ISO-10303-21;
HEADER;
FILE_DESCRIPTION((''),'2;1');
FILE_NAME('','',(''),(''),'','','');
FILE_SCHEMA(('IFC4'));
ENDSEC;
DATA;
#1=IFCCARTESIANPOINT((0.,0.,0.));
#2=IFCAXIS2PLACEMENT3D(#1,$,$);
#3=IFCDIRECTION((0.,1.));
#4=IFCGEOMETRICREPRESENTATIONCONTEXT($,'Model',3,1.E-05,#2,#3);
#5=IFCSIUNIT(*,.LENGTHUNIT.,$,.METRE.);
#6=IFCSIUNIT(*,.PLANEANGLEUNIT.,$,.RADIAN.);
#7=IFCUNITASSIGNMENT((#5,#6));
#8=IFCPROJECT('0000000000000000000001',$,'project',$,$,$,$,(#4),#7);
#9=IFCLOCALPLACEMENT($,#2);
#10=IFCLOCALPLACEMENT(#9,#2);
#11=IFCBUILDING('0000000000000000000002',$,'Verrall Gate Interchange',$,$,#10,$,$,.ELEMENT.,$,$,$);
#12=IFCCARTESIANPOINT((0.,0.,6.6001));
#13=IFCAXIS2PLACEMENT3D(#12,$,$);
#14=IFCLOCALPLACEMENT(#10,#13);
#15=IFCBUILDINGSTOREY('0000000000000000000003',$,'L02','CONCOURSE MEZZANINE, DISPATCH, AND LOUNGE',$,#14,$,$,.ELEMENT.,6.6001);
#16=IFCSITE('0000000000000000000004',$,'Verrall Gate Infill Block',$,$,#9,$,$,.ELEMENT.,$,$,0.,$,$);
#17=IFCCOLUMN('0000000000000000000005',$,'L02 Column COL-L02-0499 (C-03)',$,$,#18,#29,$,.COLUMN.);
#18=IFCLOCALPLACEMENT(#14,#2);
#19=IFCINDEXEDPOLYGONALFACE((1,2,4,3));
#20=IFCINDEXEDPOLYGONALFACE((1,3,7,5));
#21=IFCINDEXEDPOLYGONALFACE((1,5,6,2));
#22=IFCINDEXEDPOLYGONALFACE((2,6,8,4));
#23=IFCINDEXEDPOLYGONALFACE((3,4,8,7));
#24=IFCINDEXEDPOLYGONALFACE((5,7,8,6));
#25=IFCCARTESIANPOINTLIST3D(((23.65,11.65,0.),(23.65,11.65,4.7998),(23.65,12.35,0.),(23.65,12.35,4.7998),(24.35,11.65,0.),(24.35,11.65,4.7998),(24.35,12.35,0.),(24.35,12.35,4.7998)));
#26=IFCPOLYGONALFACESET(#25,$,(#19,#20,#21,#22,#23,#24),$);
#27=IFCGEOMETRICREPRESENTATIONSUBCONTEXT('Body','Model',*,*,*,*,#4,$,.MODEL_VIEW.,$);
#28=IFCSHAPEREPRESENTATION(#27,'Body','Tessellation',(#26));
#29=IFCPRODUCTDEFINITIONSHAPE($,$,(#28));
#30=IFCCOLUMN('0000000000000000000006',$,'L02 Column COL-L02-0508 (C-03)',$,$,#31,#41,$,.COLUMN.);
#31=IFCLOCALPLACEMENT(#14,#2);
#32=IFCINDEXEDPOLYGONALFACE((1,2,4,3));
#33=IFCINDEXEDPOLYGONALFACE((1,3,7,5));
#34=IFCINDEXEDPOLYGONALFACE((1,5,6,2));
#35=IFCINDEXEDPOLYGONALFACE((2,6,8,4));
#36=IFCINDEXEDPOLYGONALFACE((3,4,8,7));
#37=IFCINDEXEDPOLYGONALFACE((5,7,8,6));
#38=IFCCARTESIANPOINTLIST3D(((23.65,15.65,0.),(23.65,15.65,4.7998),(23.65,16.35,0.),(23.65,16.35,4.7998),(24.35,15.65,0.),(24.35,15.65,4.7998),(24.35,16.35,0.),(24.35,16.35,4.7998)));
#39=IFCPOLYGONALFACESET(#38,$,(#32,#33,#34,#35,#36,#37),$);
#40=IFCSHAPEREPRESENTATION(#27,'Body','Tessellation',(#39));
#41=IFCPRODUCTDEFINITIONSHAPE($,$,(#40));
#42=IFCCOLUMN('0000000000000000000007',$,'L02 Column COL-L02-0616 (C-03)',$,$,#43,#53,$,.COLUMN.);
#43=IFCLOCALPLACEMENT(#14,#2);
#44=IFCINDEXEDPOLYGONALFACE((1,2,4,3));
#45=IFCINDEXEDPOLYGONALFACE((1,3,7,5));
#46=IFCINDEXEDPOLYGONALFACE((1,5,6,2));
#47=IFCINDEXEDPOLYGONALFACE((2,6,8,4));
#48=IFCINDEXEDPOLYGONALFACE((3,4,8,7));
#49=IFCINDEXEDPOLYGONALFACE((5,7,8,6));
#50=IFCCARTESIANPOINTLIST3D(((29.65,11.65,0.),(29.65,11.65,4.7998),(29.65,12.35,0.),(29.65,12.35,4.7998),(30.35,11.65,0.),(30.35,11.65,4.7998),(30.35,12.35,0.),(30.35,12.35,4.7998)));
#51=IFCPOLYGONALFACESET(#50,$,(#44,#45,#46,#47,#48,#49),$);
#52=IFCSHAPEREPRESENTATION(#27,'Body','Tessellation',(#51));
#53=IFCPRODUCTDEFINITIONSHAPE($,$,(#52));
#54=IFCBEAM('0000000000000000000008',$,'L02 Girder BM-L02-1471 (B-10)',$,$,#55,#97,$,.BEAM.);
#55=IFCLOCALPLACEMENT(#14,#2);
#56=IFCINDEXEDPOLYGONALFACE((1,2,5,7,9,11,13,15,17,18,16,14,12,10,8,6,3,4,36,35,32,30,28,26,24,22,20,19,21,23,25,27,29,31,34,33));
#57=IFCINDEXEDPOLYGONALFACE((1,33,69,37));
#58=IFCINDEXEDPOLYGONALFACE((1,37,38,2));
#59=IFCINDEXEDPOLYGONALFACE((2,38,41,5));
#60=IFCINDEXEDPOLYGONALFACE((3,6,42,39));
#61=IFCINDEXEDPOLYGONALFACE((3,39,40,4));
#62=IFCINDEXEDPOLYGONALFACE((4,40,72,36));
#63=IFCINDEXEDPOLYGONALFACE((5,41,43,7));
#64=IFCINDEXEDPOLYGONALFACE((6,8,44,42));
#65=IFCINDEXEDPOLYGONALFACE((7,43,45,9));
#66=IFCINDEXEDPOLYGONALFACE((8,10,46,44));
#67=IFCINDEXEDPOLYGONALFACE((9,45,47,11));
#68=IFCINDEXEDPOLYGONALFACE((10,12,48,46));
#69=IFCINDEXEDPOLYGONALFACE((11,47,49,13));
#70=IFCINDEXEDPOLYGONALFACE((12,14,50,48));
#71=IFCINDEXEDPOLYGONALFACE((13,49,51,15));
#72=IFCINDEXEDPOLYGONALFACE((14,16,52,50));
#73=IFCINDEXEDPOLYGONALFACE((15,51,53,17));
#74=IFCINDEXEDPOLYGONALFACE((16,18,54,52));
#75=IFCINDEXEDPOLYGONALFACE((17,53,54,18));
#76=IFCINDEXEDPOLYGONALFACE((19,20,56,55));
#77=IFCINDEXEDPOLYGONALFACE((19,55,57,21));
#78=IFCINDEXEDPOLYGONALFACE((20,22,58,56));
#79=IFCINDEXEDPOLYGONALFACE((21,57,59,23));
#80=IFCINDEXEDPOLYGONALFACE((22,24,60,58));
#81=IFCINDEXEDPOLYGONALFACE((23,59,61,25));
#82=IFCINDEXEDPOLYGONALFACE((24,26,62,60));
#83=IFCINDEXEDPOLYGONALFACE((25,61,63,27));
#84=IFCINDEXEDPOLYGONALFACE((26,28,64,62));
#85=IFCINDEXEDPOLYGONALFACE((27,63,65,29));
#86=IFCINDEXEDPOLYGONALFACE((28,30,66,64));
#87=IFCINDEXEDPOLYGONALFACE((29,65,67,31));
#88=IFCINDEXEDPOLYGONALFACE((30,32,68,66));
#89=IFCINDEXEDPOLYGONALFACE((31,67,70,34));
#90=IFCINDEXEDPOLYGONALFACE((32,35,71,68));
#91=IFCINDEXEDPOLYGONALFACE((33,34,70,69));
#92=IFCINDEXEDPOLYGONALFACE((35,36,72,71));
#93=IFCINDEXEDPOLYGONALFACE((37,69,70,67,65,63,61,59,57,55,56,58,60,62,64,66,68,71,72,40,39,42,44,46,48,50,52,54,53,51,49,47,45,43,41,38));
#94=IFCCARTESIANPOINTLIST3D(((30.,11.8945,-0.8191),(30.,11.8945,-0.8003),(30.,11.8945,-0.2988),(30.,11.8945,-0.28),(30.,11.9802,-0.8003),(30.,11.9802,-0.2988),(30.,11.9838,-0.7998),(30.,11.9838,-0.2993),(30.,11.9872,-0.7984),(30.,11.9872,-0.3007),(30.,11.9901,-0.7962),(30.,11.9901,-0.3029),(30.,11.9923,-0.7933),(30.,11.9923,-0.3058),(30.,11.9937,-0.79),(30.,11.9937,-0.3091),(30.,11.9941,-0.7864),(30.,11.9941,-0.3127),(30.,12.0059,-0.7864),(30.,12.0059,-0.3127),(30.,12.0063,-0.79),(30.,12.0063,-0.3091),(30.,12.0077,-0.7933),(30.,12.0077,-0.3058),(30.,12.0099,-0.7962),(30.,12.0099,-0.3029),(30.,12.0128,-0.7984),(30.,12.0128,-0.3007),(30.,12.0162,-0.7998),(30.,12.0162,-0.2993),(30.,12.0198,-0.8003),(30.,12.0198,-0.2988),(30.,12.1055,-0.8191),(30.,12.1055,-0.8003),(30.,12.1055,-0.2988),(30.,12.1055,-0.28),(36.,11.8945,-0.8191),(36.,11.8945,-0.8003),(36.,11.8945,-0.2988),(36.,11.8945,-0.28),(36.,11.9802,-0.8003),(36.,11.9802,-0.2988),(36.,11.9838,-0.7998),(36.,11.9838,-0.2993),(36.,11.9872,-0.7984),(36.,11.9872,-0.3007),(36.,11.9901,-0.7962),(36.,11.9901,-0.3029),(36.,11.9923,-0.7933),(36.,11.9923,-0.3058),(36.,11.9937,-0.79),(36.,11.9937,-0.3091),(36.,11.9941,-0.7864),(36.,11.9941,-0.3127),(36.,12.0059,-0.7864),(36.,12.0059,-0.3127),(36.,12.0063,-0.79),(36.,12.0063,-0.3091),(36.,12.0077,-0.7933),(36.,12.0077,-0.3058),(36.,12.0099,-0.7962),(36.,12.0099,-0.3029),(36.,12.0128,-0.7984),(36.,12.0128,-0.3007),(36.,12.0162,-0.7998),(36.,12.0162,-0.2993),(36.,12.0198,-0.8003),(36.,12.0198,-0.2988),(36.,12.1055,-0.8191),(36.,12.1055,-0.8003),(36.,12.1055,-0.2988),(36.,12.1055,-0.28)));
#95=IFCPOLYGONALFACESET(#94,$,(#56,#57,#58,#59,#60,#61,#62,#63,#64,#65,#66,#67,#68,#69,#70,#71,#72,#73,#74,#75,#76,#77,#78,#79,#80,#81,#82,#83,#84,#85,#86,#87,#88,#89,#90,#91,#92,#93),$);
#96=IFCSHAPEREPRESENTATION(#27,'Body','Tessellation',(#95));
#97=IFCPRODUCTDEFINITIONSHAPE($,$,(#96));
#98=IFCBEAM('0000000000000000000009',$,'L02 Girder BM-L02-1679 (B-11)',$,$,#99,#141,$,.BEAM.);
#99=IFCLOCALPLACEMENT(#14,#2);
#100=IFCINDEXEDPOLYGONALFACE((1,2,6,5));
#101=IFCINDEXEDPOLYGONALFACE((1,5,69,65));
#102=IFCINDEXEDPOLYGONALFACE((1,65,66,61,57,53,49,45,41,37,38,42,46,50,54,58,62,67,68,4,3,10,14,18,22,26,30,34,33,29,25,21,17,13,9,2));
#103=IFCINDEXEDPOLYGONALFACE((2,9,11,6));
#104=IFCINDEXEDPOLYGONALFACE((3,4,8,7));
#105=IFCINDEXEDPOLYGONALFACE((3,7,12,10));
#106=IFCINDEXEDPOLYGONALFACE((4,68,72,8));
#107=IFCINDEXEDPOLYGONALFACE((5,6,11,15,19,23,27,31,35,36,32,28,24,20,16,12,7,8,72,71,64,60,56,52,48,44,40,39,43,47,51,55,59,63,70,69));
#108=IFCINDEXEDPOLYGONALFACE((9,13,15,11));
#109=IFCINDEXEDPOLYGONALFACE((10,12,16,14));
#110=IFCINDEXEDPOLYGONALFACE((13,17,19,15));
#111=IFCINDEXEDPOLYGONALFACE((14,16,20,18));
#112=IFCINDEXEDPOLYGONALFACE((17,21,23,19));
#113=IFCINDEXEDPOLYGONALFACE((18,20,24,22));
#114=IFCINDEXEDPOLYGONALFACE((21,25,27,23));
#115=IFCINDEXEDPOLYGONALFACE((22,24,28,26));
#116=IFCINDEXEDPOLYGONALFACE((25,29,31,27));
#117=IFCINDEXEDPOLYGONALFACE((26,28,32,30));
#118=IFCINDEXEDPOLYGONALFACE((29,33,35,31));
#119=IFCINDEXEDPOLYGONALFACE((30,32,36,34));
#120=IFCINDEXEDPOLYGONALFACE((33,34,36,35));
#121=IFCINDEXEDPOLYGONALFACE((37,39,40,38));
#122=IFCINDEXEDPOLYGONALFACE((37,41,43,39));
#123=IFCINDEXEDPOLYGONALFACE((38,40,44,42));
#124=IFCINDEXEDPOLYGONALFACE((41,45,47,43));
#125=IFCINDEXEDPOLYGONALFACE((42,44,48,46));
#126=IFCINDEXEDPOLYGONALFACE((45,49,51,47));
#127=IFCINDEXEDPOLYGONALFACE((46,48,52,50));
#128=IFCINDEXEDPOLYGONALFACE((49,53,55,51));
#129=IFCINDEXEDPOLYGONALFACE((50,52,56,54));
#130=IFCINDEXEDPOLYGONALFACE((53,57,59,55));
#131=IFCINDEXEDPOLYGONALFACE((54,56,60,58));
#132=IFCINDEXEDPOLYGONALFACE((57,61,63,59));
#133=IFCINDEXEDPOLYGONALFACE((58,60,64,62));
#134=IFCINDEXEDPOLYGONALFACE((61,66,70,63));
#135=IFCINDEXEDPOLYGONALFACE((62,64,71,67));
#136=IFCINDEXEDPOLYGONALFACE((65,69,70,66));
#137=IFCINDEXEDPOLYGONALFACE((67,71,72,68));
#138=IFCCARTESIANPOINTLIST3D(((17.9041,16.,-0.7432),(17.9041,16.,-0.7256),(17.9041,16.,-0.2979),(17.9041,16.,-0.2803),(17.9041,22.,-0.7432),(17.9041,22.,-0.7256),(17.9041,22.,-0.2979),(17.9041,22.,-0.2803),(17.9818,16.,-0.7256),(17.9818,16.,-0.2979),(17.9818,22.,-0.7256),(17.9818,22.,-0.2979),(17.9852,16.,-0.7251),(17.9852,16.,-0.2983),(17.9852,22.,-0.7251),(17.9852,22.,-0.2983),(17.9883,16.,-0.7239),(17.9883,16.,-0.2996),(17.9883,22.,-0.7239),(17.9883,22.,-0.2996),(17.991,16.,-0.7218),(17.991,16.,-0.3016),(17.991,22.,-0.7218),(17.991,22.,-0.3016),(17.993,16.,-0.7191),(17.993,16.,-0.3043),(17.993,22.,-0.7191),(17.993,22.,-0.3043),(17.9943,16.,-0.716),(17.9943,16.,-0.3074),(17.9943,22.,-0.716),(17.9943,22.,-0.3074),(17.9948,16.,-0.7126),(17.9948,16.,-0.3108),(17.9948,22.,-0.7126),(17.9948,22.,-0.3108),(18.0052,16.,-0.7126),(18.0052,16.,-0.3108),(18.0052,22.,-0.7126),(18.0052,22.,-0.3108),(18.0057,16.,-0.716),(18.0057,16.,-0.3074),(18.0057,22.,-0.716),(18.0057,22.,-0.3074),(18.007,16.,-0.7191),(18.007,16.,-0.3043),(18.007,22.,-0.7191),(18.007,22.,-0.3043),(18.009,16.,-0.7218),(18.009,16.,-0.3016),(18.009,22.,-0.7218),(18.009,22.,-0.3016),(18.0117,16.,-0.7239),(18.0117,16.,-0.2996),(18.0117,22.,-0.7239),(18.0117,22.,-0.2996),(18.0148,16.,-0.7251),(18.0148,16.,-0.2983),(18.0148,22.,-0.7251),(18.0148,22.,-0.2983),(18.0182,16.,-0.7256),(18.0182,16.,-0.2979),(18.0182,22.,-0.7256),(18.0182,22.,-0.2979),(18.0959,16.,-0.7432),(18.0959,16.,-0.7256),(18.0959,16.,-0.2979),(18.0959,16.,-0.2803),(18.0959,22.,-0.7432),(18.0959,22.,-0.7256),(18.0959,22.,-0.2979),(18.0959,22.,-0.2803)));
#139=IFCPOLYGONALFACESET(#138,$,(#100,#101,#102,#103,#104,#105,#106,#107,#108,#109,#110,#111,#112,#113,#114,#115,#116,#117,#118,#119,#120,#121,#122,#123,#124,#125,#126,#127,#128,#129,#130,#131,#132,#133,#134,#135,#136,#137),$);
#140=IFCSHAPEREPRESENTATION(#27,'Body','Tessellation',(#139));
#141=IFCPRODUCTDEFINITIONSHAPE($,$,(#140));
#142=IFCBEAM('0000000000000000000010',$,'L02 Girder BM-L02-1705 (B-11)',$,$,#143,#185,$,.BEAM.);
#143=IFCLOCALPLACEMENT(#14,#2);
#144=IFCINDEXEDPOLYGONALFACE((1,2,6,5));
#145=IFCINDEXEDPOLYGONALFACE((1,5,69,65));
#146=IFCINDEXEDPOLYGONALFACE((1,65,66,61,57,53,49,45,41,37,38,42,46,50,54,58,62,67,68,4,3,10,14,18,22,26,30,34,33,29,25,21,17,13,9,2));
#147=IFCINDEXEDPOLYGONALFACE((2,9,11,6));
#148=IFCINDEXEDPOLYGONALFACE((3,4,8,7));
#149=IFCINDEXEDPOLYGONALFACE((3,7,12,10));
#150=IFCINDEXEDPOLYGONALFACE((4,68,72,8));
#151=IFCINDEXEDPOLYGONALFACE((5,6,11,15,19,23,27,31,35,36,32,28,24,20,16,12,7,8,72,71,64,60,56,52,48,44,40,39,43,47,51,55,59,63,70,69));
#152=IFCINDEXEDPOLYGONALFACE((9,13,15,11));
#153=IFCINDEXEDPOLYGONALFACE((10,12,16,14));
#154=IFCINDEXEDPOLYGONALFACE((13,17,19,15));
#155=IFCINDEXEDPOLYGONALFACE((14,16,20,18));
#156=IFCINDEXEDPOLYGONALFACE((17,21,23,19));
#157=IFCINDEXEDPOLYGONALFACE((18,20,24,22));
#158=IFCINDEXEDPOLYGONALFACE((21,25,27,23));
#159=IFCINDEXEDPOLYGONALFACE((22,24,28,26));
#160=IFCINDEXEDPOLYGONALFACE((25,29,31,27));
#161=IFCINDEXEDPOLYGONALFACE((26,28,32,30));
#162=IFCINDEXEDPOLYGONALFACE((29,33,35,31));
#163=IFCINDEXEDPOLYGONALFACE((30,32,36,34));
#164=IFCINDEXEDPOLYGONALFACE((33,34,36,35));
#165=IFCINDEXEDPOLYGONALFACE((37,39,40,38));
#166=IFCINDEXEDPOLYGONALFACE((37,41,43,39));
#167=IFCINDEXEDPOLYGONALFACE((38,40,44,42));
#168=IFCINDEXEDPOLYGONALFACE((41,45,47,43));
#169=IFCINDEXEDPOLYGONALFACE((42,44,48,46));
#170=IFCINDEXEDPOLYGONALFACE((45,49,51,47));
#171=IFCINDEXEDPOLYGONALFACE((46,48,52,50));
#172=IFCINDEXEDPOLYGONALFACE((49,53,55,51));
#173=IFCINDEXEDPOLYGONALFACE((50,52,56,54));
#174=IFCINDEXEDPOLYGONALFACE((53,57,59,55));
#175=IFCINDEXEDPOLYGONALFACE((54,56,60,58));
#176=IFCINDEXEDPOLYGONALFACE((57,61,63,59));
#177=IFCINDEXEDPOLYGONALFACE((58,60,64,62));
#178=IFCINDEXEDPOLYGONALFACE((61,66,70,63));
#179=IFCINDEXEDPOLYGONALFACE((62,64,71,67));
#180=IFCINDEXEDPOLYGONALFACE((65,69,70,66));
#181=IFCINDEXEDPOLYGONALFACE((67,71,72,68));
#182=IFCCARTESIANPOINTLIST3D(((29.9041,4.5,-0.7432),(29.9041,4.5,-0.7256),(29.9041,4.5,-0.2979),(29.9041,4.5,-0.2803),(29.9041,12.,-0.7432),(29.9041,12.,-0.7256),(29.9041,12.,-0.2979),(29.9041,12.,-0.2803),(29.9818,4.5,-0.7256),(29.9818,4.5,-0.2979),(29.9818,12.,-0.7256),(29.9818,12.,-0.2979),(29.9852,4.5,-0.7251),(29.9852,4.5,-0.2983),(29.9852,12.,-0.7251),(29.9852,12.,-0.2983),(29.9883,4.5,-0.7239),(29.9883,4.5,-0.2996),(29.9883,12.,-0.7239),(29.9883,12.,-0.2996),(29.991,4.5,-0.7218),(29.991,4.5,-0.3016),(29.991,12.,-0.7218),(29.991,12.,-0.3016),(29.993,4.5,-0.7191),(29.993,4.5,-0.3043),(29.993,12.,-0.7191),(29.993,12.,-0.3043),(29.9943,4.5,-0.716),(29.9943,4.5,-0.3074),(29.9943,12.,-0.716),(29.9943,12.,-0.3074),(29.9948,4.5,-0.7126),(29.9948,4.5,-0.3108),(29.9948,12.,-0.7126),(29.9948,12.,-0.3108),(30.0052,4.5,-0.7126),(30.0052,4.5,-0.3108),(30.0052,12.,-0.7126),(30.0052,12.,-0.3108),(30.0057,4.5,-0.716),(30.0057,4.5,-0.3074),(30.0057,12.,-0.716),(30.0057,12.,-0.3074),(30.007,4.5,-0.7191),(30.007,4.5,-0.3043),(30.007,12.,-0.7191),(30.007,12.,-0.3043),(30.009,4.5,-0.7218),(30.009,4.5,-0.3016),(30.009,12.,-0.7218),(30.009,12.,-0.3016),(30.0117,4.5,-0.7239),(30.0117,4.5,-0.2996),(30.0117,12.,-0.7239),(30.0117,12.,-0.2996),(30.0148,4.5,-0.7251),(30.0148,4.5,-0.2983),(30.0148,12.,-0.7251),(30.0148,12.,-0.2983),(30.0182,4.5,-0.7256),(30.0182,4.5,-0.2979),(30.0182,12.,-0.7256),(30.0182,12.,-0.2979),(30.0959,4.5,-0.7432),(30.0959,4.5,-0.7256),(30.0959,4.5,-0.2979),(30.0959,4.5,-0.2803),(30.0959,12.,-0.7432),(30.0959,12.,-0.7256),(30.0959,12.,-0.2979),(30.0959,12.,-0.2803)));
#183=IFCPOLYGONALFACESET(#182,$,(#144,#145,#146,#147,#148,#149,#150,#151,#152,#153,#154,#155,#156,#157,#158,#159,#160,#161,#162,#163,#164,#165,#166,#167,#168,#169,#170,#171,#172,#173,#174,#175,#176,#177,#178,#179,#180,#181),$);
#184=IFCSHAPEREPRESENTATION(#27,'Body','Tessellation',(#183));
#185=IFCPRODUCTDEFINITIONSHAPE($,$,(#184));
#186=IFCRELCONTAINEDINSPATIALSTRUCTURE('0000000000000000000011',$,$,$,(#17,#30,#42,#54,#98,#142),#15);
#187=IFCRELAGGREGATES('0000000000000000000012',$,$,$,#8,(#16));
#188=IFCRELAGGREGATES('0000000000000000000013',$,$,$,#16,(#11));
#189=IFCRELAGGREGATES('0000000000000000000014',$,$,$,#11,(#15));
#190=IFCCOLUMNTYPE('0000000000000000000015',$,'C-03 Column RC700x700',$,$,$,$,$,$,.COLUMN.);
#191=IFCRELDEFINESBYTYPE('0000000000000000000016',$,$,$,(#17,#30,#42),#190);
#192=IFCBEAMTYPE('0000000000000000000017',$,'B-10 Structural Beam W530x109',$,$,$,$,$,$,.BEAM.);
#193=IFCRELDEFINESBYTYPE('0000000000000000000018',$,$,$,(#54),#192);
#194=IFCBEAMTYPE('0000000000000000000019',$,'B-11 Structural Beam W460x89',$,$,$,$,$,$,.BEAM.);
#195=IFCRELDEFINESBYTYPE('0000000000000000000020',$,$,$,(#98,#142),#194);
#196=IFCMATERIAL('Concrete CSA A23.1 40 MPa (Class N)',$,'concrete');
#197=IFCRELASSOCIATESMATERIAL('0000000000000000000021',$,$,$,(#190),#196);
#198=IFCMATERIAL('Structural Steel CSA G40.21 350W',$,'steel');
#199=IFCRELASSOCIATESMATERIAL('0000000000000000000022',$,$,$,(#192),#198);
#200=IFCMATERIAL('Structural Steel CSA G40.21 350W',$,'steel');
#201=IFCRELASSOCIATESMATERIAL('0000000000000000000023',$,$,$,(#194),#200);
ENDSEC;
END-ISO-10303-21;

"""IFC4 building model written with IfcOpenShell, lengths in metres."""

from ifc_helpers import new_model, si_unit, direction, frame, origin, origin_2d, place, context, subcontext, project, spatial, rectangle, i_section, extrude, material, material_profile, profile_set, type_object, element, save


model = new_model("IFC4")

# Units and contexts
model_context = context("Model", 3, precision=1e-05, world=origin(), true_north=direction((0.0, 1.0)))
body_context = subcontext(model_context, "Body", "Model", "MODEL_VIEW")
ifc_project = project(units=[si_unit("LENGTHUNIT", "METRE"), si_unit("PLANEANGLEUNIT", "RADIAN")], contexts=[model_context])

# Site, building, storey
site_placement = place(None, origin())
site = spatial("IfcSite", under=ifc_project, at=site_placement, Name="Verrall Gate Infill Block", CompositionType="ELEMENT", RefElevation=0.0)
building_placement = place(site_placement, origin())
building = spatial("IfcBuilding", under=site, at=building_placement, Name="Verrall Gate Interchange", CompositionType="ELEMENT")
storey_placement = place(building_placement, frame((0.0, 0.0, 6.6001)))
storey = spatial("IfcBuildingStorey", under=building, at=storey_placement, Name="L02", Description="CONCOURSE MEZZANINE, DISPATCH, AND LOUNGE", CompositionType="ELEMENT", Elevation=6.6001)

# Columns
ifc_material_1 = material(Name="Concrete CSA A23.1 40 MPa (Class N)", Category="concrete")
ifc_material_profile_1 = material_profile(ifc_material_1, rectangle(XDim=0.7, YDim=0.7, at=origin_2d()), Name="RC700x700")
ifc_profile_set_1 = profile_set([ifc_material_profile_1], Name="Concrete CSA A23.1 40 MPa (Class N)")
column_type = type_object("IfcColumnType", Name="C-03 Column RC700x700", PredefinedType="COLUMN", material=ifc_profile_set_1)
for number, where, z_axis, x_axis, name in (
    (1, (24.0, 12.0, 0.0), (0.0, 0.0, 1.0), (1.0, 0.0, 0.0), "L02 Column COL-L02-0499 (C-03)"),
    (2, (24.0, 16.0, 0.0), (0.0, 0.0, 1.0), (1.0, 0.0, 0.0), "L02 Column COL-L02-0508 (C-03)"),
    (3, (30.0, 12.0, 0.0), (0.0, 0.0, 1.0), (1.0, 0.0, 0.0), "L02 Column COL-L02-0616 (C-03)"),
):
    element("IfcColumn", number, at=place(storey_placement, frame(where, z_axis=z_axis, x_axis=x_axis)), inside=storey, type_object=column_type, Name=name, PredefinedType="COLUMN", context=body_context, shape_type="SweptSolid", body=[
        extrude(rectangle(XDim=0.7, YDim=0.7, at=origin_2d()), origin(), (0.0, 0.0, 1.0), 4.7998),
    ])

# Beams
ifc_material_2 = material(Name="Structural Steel CSA G40.21 350W", Category="steel")
ifc_material_profile_2 = material_profile(ifc_material_2, i_section(OverallWidth=0.2109, OverallDepth=0.5391, WebThickness=0.0117, FlangeThickness=0.0188, FilletRadius=0.0139, at=origin_2d()), Name="W530x109")
ifc_profile_set_2 = profile_set([ifc_material_profile_2], Name="Structural Steel CSA G40.21 350W")
beam_type_1 = type_object("IfcBeamType", Name="B-10 Structural Beam W530x109", PredefinedType="BEAM", material=ifc_profile_set_2)
beam_1_placement = place(storey_placement, frame((30.0, 12.0, -0.5496), z_axis=(1.0, 0.0, 0.0), x_axis=(0.0, 1.0, 0.0)))
element("IfcBeam", 4, at=beam_1_placement, inside=storey, type_object=beam_type_1, Name="L02 Girder BM-L02-1471 (B-10)", PredefinedType="BEAM", context=body_context, shape_type="SweptSolid", body=[
    extrude(i_section(OverallWidth=0.2109, OverallDepth=0.5391, WebThickness=0.0117, FlangeThickness=0.0188, FilletRadius=0.0139, at=origin_2d()), origin(), (0.0, 0.0, 1.0), 6.0),
])
ifc_material_3 = material(Name="Structural Steel CSA G40.21 350W", Category="steel")
ifc_material_profile_3 = material_profile(ifc_material_3, i_section(OverallWidth=0.1919, OverallDepth=0.4629, WebThickness=0.0105, FlangeThickness=0.0176, FilletRadius=0.0129, at=origin_2d()), Name="W460x89")
ifc_profile_set_3 = profile_set([ifc_material_profile_3], Name="Structural Steel CSA G40.21 350W")
beam_type_2 = type_object("IfcBeamType", Name="B-11 Structural Beam W460x89", PredefinedType="BEAM", material=ifc_profile_set_3)
beam_2_placement = place(storey_placement, frame((18.0, 16.0, -0.5117), z_axis=(0.0, 1.0, 0.0), x_axis=(-1.0, 0.0, 0.0)))
element("IfcBeam", 5, at=beam_2_placement, inside=storey, type_object=beam_type_2, Name="L02 Girder BM-L02-1679 (B-11)", PredefinedType="BEAM", context=body_context, shape_type="SweptSolid", body=[
    extrude(i_section(OverallWidth=0.1919, OverallDepth=0.4629, WebThickness=0.0105, FlangeThickness=0.0176, FilletRadius=0.0129, at=origin_2d()), origin(), (0.0, 0.0, 1.0), 6.0),
])
beam_3_placement = place(storey_placement, frame((30.0, 4.5, -0.5117), z_axis=(0.0, 1.0, 0.0), x_axis=(-1.0, 0.0, 0.0)))
element("IfcBeam", 6, at=beam_3_placement, inside=storey, type_object=beam_type_2, Name="L02 Girder BM-L02-1705 (B-11)", PredefinedType="BEAM", context=body_context, shape_type="SweptSolid", body=[
    extrude(i_section(OverallWidth=0.1919, OverallDepth=0.4629, WebThickness=0.0105, FlangeThickness=0.0176, FilletRadius=0.0129, at=origin_2d()), origin(), (0.0, 0.0, 1.0), 7.5),
])

save(model, "model.ifc")
